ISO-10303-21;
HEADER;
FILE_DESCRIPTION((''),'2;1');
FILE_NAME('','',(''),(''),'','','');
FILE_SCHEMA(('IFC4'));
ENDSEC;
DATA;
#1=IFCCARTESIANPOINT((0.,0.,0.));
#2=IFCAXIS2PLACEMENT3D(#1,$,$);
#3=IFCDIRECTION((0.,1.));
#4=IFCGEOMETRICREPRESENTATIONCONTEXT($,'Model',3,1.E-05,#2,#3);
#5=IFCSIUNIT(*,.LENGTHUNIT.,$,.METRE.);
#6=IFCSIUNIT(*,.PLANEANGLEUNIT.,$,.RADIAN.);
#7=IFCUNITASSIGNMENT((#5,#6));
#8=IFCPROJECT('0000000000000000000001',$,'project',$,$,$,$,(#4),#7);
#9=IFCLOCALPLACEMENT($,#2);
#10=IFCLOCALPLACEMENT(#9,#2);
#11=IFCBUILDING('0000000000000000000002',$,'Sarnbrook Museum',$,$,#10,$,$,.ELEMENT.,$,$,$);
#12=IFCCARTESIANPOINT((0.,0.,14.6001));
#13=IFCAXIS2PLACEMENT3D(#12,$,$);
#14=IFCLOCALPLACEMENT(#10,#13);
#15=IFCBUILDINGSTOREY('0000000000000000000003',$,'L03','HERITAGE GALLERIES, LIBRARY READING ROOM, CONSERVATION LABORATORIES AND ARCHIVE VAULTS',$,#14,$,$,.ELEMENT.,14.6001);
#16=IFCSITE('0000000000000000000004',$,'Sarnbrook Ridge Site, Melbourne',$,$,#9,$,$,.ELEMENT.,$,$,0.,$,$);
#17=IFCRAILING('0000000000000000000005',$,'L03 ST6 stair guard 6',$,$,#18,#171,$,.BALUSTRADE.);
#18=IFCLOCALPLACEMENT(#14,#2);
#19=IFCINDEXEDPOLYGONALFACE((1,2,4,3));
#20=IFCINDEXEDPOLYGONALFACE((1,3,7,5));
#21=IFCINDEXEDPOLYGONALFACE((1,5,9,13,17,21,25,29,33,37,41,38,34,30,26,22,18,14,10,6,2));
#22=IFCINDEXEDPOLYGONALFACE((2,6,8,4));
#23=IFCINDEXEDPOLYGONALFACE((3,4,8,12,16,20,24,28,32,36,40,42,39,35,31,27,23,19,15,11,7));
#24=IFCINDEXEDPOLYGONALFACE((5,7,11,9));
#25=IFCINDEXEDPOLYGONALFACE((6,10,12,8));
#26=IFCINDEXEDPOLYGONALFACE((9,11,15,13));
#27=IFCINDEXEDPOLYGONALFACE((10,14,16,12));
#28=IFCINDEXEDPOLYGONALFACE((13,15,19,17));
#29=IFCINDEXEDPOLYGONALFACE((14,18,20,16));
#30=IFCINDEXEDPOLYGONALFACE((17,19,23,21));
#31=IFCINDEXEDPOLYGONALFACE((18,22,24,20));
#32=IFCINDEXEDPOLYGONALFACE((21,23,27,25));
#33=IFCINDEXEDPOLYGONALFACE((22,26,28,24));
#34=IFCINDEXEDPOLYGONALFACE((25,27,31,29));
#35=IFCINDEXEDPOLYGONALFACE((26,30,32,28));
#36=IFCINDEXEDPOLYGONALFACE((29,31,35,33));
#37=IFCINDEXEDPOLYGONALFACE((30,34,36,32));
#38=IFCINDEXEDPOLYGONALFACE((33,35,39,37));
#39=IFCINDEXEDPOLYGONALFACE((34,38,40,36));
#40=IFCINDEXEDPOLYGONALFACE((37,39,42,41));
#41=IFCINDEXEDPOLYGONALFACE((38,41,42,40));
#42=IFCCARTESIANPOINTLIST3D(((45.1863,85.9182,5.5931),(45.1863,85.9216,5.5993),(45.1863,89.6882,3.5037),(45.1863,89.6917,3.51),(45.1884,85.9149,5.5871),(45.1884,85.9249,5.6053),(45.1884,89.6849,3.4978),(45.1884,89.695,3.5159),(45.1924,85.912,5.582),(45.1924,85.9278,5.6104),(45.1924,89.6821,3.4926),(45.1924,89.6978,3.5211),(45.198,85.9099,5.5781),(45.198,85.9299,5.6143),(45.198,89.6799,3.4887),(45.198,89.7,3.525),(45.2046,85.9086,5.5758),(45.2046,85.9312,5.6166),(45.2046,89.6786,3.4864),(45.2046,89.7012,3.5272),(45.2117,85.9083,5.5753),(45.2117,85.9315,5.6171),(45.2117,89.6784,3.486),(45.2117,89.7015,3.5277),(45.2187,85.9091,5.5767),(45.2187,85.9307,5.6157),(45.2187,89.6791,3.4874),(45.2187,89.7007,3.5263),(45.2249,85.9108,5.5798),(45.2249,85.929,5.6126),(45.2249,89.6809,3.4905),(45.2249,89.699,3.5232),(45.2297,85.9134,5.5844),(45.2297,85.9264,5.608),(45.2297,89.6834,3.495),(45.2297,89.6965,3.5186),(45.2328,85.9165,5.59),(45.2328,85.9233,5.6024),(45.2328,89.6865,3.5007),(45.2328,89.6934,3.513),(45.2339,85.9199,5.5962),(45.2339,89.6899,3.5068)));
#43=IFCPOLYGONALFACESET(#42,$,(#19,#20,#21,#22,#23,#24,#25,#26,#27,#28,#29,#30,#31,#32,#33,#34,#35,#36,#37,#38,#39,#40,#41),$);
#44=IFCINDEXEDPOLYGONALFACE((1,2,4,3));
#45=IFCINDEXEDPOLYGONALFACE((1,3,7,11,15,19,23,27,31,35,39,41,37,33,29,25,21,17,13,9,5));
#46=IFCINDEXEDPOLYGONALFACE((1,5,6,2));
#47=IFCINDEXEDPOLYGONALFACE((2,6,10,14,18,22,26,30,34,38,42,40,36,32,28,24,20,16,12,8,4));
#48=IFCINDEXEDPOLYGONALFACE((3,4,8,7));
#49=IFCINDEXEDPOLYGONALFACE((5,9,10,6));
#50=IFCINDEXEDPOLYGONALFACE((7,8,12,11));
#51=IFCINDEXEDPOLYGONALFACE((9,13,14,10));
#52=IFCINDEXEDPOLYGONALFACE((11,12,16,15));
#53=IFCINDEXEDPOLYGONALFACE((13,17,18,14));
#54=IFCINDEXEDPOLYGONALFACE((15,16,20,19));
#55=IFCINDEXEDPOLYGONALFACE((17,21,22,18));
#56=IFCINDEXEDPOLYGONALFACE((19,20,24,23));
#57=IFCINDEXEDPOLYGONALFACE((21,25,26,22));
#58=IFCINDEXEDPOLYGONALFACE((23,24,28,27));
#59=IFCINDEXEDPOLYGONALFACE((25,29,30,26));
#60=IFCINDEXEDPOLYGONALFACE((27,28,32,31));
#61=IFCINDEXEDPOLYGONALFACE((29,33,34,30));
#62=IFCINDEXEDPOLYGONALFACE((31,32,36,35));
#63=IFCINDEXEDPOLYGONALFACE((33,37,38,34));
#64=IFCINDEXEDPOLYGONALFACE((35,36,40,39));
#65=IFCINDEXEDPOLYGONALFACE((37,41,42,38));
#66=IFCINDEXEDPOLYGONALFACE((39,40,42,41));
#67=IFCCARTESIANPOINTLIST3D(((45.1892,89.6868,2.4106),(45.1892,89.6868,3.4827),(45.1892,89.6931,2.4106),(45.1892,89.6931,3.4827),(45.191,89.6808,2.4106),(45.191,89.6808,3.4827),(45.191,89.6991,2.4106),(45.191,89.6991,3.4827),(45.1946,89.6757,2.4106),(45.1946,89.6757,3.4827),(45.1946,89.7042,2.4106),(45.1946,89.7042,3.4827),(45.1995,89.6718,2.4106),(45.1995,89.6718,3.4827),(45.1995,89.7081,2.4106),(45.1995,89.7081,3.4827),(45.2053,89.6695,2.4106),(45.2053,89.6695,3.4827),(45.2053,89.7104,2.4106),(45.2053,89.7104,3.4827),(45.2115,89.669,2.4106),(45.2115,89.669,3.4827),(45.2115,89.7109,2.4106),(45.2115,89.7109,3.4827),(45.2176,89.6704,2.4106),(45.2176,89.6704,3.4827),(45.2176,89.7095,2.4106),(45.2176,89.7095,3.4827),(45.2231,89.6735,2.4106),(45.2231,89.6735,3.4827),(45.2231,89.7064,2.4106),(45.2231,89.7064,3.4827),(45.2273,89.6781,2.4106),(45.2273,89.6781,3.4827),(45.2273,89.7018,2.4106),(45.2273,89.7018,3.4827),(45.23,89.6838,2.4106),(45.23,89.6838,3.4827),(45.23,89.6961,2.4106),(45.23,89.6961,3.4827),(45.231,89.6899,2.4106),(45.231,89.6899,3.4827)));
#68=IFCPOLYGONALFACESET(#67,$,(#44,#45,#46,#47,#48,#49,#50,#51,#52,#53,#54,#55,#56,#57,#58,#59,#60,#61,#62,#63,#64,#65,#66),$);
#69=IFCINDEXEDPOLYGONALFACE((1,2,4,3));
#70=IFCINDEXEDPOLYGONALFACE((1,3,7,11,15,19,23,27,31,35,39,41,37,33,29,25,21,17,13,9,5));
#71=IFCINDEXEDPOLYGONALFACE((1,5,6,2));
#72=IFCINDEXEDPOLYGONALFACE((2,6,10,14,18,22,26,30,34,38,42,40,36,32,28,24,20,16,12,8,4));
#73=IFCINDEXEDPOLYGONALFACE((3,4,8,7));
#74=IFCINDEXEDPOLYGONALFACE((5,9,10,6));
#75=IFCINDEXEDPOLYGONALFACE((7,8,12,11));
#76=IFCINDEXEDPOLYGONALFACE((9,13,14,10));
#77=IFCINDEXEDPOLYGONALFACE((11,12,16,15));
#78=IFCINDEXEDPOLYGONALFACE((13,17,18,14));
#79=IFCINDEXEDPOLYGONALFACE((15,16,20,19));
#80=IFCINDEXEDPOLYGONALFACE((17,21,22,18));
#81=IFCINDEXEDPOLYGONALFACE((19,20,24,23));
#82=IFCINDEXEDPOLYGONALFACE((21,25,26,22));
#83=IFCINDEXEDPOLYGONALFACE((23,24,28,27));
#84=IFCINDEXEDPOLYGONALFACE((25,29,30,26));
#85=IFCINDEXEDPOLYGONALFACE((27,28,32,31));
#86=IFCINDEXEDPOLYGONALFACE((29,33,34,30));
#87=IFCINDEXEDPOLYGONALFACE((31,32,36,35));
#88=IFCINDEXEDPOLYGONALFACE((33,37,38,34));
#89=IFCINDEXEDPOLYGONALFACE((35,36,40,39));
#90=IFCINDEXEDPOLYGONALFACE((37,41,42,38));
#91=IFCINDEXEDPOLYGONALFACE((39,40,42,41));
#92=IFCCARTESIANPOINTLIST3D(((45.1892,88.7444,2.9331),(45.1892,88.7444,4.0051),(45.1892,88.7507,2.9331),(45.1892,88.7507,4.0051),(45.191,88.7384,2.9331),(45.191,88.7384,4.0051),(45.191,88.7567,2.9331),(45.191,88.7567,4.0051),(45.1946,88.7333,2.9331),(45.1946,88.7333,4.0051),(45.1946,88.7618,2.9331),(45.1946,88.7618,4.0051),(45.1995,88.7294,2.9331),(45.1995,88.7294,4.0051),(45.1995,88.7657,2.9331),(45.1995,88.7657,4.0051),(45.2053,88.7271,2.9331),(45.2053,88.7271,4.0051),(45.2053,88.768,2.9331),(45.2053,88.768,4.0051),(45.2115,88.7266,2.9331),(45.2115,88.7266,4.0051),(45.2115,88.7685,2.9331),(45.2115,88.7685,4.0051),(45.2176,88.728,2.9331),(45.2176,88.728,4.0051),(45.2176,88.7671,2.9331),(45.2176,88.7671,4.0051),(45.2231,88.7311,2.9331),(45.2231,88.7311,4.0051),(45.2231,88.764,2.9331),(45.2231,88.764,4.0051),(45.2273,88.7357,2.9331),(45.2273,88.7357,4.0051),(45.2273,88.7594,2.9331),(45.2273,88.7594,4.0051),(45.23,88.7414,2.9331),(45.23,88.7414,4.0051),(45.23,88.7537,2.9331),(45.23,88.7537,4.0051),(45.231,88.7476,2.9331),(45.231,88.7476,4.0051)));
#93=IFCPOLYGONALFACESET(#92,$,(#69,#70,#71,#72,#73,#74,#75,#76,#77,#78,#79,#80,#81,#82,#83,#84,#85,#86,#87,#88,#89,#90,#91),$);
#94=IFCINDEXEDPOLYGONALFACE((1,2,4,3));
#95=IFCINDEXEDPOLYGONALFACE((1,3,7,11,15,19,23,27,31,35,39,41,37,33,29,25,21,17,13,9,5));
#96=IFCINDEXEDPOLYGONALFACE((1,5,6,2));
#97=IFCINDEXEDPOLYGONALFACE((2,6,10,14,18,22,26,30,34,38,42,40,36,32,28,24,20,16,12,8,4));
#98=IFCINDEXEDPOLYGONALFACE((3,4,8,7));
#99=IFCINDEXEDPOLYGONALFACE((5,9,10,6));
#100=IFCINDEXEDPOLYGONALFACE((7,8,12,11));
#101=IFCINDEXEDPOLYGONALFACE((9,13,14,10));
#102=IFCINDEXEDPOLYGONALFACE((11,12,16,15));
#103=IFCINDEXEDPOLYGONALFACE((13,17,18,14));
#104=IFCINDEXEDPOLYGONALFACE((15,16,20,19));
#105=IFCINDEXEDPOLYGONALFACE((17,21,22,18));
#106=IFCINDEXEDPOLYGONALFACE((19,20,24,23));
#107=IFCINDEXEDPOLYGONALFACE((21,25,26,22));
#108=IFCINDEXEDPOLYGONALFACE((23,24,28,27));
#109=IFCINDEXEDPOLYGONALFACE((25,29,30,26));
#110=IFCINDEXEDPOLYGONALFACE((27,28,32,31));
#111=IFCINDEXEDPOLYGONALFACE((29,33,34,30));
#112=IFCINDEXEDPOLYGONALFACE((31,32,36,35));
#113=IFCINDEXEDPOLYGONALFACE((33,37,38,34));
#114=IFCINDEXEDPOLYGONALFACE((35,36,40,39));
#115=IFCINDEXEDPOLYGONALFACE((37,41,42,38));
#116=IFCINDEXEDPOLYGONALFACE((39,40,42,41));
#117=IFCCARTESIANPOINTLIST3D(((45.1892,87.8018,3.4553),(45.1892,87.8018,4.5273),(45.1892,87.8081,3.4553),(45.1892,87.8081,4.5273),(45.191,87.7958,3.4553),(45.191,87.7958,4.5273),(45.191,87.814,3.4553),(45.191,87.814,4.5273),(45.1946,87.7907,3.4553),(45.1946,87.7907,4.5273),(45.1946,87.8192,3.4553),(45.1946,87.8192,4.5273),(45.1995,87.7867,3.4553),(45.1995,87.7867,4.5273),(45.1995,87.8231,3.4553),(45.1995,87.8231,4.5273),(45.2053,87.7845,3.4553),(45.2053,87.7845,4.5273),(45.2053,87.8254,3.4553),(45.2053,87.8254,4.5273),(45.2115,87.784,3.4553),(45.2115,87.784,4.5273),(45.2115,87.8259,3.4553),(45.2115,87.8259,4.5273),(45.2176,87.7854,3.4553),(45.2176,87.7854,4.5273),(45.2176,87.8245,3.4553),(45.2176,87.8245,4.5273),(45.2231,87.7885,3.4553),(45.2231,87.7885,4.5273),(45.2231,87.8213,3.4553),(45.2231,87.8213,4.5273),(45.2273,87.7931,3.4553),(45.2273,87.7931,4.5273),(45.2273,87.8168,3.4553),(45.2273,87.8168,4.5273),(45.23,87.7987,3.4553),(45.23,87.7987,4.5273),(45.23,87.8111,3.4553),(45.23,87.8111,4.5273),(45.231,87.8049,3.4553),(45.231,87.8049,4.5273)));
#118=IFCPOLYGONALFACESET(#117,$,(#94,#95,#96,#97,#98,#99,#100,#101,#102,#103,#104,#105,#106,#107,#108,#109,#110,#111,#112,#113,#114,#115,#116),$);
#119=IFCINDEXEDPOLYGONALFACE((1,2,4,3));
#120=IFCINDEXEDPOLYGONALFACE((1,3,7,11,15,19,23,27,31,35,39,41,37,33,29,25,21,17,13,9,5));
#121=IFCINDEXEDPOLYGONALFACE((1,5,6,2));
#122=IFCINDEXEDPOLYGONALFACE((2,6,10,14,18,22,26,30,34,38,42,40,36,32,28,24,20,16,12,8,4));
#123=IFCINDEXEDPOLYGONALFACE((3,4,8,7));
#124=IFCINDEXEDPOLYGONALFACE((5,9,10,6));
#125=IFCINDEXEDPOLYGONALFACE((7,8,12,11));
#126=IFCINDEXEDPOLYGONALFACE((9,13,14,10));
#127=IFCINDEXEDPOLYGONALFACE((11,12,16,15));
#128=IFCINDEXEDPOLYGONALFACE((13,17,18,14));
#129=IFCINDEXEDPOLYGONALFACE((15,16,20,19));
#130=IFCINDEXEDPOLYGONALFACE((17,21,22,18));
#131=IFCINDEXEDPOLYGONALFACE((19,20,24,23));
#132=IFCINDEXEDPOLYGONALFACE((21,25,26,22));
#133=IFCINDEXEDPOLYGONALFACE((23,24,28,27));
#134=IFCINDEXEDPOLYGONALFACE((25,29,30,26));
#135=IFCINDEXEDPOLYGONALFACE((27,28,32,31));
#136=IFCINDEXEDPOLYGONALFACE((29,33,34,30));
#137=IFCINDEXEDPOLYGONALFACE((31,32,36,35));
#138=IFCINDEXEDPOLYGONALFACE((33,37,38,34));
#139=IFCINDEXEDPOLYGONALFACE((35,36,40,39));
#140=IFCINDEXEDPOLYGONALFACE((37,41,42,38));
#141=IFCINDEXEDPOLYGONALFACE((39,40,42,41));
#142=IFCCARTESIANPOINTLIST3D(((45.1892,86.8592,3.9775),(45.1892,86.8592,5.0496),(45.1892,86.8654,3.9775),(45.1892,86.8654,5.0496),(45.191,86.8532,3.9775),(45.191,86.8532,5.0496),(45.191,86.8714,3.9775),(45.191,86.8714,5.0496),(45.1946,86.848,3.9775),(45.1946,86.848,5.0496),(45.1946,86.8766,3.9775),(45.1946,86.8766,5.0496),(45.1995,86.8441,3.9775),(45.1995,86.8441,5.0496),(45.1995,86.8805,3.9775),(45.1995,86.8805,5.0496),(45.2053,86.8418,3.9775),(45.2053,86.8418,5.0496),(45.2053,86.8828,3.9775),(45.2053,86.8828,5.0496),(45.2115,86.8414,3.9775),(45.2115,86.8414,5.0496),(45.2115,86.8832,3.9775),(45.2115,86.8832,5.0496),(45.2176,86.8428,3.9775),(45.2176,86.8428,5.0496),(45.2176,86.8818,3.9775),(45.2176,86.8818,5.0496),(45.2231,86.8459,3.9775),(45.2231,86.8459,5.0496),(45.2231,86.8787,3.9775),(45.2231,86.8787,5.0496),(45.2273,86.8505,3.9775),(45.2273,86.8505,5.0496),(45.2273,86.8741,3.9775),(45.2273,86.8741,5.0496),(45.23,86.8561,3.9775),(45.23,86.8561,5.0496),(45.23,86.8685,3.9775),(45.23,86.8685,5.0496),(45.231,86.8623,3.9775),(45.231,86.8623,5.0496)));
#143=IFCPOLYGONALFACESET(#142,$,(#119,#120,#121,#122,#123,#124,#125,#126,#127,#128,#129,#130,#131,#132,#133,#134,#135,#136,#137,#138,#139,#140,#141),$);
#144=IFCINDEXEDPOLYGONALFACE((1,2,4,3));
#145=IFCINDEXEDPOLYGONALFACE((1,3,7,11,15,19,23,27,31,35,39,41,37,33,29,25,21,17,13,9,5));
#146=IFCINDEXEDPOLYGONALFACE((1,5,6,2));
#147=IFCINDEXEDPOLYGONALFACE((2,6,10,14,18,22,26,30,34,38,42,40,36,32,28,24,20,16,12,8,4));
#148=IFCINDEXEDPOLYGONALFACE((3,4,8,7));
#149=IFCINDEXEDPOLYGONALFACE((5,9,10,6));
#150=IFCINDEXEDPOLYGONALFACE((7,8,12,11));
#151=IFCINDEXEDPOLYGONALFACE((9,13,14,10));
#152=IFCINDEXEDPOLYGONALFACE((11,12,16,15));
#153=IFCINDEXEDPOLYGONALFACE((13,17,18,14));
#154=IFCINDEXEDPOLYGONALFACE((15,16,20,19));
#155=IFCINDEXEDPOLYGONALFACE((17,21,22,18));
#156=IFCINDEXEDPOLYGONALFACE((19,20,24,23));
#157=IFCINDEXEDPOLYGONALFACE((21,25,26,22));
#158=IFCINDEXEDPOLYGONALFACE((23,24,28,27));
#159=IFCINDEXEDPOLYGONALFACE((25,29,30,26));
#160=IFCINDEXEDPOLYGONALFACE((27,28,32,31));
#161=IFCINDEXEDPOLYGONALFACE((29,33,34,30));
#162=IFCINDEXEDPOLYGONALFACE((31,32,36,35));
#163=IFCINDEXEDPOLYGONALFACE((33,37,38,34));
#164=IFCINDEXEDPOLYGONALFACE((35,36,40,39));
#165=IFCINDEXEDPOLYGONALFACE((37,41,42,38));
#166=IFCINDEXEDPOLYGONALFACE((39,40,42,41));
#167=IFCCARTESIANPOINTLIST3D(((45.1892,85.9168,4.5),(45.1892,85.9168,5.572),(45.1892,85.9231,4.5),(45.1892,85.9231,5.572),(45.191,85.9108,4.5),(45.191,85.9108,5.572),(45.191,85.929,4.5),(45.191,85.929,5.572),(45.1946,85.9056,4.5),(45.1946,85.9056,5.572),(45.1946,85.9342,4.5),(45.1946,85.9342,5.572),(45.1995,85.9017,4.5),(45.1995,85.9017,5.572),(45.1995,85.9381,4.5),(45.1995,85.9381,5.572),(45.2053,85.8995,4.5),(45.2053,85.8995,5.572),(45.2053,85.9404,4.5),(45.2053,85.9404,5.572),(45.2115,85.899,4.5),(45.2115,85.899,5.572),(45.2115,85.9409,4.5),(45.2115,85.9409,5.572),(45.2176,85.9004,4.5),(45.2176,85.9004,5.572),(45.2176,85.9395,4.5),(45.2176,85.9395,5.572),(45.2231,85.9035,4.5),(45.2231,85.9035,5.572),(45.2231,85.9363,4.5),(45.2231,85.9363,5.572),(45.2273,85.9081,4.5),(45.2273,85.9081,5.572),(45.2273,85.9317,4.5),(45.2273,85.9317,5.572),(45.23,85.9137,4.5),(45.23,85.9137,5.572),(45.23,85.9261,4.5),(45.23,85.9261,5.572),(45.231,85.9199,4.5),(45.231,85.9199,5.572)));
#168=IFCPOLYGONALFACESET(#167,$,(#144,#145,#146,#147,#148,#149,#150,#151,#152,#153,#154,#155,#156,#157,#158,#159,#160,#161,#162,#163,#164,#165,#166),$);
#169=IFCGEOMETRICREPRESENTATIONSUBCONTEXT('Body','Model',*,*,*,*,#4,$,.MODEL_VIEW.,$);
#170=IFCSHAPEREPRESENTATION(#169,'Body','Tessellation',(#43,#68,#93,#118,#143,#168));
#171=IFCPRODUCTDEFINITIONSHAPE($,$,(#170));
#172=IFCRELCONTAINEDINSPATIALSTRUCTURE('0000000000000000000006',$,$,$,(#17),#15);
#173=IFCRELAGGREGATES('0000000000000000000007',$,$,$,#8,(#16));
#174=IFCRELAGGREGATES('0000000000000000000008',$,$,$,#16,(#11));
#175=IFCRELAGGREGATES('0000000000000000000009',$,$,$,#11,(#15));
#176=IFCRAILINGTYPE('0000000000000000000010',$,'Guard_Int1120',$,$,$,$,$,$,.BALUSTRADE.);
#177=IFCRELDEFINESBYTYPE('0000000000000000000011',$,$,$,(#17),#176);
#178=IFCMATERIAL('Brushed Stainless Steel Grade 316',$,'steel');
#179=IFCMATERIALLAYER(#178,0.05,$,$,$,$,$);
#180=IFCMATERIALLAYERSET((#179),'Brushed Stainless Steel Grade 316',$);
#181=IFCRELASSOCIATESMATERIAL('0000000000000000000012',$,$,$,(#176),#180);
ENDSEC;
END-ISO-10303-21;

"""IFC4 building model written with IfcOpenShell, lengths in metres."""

from ifc_helpers import new_model, si_unit, direction, frame, origin, origin_2d, place, context, subcontext, project, spatial, circle, extrude, material, layer, layer_set, type_object, element, save


model = new_model("IFC4")

# Units and contexts
model_context = context("Model", 3, precision=1e-05, world=origin(), true_north=direction((0.0, 1.0)))
body_context = subcontext(model_context, "Body", "Model", "MODEL_VIEW")
ifc_project = project(units=[si_unit("LENGTHUNIT", "METRE"), si_unit("PLANEANGLEUNIT", "RADIAN")], contexts=[model_context])

# Site, building, storey
site_placement = place(None, origin())
site = spatial("IfcSite", under=ifc_project, at=site_placement, Name="Sarnbrook Ridge Site, Melbourne", CompositionType="ELEMENT", RefElevation=0.0)
building_placement = place(site_placement, origin())
building = spatial("IfcBuilding", under=site, at=building_placement, Name="Sarnbrook Museum", CompositionType="ELEMENT")
storey_placement = place(building_placement, frame((0.0, 0.0, 14.6001)))
storey = spatial("IfcBuildingStorey", under=building, at=storey_placement, Name="L03", Description="HERITAGE GALLERIES, LIBRARY READING ROOM, CONSERVATION LABORATORIES AND ARCHIVE VAULTS", CompositionType="ELEMENT", Elevation=14.6001)

# Railing
ifc_material_1 = material(Name="Brushed Stainless Steel Grade 316", Category="steel")
ifc_layer_1 = layer(ifc_material_1, 0.05)
ifc_layer_set_1 = layer_set([ifc_layer_1], Name="Brushed Stainless Steel Grade 316")
railing_type = type_object("IfcRailingType", Name="Guard_Int1120", PredefinedType="BALUSTRADE", material=ifc_layer_set_1)
railing_1_placement = place(storey_placement, frame((45.21, 89.6899, 2.4106)))
element("IfcRailing", 1, at=railing_1_placement, inside=storey, type_object=railing_type, Name="L03 ST6 stair guard 6", PredefinedType="BALUSTRADE", context=body_context, shape_type="SweptSolid", body=[
    extrude(circle(Radius=0.0239, at=origin_2d()), frame((0.0, 0.0, 1.0962), z_axis=(0.0, -0.874659, 0.484739), x_axis=(1.0, 0.0, 0.0)), (0.0, 0.0, 1.0), 4.3103),
    extrude(circle(Radius=0.021, at=origin_2d()), origin(), (0.0, 0.0, 1.0), 1.072),
    extrude(circle(Radius=0.021, at=origin_2d()), frame((0.0, -0.9424, 0.5225)), (0.0, 0.0, 1.0), 1.072),
    extrude(circle(Radius=0.021, at=origin_2d()), frame((0.0, -1.885, 1.0447)), (0.0, 0.0, 1.0), 1.072),
    extrude(circle(Radius=0.021, at=origin_2d()), frame((0.0, -2.8276, 1.5669)), (0.0, 0.0, 1.0), 1.072),
    extrude(circle(Radius=0.021, at=origin_2d()), frame((0.0, -3.77, 2.0894)), (0.0, 0.0, 1.0), 1.072),
])

save(model, "model.ifc")
